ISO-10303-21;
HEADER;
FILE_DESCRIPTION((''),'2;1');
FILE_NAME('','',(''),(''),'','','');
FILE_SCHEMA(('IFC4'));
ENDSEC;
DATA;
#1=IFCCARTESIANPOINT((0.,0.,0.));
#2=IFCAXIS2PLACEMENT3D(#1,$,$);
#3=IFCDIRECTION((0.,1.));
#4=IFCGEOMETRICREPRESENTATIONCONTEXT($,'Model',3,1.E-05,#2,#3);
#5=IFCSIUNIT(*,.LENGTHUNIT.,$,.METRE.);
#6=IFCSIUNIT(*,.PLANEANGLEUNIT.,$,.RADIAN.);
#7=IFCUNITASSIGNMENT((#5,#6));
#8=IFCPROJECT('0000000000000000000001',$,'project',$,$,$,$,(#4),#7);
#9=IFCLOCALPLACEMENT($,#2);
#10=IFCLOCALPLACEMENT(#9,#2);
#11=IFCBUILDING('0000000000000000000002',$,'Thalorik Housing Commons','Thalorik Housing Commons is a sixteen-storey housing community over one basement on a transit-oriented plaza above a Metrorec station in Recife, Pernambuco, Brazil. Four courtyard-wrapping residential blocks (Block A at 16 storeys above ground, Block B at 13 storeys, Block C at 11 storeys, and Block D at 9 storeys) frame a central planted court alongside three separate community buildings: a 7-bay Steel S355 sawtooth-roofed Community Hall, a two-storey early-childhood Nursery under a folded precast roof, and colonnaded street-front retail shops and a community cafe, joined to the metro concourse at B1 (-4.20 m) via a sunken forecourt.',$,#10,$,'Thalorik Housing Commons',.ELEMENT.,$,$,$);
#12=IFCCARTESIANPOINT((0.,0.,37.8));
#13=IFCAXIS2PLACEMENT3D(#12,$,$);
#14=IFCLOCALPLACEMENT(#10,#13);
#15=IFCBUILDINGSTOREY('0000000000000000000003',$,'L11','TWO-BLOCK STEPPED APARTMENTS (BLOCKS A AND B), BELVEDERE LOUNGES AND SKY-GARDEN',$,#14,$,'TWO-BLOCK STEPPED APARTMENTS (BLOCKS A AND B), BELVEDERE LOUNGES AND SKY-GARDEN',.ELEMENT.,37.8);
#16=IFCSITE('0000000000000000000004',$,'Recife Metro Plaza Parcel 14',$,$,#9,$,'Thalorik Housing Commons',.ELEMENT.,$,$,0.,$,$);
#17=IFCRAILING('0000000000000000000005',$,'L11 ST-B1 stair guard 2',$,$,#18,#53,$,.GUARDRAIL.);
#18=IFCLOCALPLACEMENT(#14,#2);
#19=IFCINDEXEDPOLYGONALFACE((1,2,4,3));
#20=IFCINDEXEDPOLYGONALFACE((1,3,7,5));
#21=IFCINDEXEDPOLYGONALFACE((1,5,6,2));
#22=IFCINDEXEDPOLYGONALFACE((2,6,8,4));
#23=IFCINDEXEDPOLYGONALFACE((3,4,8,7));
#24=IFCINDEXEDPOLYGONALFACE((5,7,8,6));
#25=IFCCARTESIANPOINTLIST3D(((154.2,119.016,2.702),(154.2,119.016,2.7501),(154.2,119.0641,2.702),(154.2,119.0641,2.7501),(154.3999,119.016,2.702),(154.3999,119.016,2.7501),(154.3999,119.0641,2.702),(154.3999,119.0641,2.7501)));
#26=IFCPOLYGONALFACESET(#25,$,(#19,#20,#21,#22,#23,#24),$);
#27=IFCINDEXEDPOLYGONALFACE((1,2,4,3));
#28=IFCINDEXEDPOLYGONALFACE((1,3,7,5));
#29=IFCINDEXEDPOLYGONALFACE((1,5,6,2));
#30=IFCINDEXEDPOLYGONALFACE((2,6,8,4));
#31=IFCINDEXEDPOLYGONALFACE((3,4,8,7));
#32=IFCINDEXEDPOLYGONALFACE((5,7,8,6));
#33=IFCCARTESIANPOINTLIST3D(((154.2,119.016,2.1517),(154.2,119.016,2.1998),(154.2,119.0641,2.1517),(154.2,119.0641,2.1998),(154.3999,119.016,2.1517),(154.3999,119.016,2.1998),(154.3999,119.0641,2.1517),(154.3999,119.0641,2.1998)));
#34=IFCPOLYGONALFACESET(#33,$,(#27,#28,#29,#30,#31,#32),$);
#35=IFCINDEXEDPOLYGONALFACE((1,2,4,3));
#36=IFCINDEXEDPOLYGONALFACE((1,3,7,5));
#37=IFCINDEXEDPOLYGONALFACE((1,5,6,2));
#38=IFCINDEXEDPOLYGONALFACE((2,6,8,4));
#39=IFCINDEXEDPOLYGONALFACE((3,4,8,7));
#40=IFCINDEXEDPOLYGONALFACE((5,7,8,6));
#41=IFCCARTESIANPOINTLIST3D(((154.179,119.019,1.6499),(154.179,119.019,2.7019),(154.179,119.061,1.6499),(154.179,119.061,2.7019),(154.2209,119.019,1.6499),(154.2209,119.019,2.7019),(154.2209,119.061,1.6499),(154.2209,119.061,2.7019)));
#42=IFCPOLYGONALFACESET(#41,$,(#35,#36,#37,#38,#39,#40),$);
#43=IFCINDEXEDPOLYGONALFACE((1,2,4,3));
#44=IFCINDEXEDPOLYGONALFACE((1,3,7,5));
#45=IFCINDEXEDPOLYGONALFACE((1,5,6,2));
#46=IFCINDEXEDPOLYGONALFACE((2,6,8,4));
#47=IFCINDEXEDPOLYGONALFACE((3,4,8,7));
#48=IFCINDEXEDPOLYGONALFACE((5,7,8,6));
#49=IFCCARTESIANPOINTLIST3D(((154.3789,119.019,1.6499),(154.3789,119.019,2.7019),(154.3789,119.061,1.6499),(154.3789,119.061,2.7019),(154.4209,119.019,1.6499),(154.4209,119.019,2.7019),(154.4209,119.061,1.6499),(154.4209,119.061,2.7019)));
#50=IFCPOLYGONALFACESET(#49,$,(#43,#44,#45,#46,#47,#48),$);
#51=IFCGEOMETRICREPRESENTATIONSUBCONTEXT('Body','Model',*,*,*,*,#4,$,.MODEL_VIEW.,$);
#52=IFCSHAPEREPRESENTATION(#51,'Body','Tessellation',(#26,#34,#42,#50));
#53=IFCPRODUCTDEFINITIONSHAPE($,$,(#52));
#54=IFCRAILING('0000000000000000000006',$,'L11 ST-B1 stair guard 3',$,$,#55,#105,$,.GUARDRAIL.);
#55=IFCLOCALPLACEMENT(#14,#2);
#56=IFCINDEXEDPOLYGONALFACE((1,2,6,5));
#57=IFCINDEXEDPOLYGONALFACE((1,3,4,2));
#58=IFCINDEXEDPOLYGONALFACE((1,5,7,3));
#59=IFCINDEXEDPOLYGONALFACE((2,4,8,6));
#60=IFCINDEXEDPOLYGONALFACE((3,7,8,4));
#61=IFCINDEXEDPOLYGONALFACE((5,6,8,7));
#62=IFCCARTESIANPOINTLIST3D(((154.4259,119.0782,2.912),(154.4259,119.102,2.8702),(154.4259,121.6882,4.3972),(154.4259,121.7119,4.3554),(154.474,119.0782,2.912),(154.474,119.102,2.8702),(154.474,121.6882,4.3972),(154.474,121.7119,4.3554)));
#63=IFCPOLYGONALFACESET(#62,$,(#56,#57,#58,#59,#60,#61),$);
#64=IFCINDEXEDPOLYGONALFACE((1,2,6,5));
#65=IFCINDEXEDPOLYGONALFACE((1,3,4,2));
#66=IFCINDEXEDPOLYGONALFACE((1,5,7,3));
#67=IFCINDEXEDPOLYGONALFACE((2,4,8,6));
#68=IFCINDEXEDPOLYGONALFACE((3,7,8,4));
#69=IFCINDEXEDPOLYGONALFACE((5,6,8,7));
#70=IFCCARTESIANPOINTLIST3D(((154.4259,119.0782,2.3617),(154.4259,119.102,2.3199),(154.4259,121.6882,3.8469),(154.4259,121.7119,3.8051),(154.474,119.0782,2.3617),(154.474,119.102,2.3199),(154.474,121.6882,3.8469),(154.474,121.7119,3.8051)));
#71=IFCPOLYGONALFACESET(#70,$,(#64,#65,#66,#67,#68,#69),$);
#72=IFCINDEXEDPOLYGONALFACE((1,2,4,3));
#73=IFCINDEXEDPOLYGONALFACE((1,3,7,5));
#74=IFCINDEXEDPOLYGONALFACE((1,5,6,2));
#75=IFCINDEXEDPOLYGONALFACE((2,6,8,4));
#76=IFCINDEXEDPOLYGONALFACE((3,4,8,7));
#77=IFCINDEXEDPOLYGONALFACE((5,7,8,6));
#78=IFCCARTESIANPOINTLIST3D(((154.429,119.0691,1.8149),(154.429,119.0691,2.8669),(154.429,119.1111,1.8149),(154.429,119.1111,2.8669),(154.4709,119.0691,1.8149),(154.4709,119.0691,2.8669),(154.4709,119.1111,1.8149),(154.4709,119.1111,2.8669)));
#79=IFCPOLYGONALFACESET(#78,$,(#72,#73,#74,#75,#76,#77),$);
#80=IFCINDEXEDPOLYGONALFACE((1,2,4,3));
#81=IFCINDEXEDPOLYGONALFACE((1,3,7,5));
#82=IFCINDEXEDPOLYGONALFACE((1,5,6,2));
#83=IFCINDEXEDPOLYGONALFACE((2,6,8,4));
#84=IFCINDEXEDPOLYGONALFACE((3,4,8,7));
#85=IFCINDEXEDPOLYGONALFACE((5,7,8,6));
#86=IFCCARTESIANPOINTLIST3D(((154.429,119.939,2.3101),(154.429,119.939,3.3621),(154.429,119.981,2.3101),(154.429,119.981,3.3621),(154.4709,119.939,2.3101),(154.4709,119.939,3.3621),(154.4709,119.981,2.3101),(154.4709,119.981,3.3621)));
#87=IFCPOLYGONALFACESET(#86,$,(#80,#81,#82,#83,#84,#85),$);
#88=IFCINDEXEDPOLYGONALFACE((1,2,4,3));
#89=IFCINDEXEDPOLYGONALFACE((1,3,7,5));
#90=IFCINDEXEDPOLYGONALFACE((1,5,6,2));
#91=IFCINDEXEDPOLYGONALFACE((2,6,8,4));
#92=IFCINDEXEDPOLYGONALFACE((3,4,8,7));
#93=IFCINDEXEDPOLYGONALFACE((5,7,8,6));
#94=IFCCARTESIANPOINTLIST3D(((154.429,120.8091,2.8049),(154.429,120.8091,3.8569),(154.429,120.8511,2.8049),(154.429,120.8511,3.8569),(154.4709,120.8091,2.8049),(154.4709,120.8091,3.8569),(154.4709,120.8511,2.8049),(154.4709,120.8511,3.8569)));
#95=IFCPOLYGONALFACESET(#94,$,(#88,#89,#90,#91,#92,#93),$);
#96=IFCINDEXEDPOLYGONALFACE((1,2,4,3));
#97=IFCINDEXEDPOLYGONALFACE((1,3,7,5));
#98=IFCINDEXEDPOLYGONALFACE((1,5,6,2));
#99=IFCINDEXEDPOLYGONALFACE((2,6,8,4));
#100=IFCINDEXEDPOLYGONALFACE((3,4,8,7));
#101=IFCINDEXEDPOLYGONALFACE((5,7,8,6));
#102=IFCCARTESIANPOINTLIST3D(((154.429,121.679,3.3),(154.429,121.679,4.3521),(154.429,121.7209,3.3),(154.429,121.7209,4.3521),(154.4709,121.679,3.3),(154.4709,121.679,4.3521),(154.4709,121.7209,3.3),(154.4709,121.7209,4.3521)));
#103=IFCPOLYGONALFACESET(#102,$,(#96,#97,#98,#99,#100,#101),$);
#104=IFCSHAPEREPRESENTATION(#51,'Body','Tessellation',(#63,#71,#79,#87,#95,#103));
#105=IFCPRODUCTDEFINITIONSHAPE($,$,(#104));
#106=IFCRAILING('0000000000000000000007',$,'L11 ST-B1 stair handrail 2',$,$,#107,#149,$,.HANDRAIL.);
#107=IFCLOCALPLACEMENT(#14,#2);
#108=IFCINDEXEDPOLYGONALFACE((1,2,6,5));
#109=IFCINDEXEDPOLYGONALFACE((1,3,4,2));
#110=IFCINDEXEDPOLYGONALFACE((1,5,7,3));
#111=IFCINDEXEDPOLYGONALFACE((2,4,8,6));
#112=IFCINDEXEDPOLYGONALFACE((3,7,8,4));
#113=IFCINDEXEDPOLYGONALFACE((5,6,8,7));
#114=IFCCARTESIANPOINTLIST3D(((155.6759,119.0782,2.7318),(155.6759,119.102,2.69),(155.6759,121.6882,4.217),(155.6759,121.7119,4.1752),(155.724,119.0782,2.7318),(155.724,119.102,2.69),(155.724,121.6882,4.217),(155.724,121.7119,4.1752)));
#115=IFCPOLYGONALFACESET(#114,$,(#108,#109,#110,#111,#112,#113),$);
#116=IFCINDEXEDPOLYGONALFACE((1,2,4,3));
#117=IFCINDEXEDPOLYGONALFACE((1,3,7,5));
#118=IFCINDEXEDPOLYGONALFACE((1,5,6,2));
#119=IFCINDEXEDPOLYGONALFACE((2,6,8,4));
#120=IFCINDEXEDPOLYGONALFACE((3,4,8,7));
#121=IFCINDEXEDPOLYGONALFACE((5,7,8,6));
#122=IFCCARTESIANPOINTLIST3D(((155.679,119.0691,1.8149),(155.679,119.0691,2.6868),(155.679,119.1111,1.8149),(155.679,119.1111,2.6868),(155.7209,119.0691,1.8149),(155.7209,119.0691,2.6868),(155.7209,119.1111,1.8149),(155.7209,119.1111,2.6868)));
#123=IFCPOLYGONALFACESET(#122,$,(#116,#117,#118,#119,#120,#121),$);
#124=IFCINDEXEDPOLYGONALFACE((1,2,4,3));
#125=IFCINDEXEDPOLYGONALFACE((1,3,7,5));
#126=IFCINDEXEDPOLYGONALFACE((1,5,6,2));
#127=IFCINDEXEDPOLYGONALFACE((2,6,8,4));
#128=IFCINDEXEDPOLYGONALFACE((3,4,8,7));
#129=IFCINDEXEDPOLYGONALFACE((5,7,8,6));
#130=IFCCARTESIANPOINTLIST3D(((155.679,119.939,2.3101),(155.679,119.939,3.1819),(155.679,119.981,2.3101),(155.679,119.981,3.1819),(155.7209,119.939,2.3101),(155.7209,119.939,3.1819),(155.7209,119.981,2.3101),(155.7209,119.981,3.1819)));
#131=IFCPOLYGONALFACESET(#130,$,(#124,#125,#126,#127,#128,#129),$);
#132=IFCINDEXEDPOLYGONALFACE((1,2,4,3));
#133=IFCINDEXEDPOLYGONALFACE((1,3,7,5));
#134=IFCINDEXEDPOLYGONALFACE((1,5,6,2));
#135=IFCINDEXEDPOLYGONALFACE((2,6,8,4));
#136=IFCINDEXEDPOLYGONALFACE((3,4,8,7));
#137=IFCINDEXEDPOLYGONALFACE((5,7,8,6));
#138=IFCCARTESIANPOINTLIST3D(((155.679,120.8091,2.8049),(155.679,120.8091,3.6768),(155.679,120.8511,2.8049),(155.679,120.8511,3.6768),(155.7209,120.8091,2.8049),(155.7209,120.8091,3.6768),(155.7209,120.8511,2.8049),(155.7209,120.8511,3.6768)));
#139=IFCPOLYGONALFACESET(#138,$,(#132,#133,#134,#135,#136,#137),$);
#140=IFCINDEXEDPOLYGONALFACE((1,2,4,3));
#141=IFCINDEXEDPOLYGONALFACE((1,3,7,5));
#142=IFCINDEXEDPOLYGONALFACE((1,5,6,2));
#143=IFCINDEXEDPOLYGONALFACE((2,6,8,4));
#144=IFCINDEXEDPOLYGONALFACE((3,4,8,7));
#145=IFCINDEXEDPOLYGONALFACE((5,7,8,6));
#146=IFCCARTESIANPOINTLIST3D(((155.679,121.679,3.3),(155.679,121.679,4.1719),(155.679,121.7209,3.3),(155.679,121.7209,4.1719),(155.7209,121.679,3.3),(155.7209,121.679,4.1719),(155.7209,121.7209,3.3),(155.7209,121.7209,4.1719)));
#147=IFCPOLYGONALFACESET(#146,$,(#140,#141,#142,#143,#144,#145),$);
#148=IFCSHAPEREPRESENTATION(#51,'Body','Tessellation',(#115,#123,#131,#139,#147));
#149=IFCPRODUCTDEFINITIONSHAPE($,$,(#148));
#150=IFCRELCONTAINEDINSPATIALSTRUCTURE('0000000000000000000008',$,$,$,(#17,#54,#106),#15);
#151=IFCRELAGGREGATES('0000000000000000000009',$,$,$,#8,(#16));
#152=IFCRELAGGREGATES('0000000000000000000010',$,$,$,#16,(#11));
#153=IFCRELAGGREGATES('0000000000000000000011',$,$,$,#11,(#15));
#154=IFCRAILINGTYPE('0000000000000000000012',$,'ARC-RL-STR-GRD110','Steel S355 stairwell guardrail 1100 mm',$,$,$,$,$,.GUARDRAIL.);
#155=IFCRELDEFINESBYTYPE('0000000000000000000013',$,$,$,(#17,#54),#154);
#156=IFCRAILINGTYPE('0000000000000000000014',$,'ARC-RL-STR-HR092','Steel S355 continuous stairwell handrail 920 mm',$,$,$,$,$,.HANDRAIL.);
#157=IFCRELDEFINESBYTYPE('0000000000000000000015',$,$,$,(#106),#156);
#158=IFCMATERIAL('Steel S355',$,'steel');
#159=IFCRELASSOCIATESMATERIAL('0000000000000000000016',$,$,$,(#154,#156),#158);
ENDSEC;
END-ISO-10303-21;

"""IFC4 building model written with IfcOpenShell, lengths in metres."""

from ifc_helpers import new_model, si_unit, direction, frame, origin, origin_2d, place, context, subcontext, project, spatial, rectangle, extrude, material, type_object, element, save


model = new_model("IFC4")

# Units and contexts
model_context = context("Model", 3, precision=1e-05, world=origin(), true_north=direction((0.0, 1.0)))
body_context = subcontext(model_context, "Body", "Model", "MODEL_VIEW")
ifc_project = project(units=[si_unit("LENGTHUNIT", "METRE"), si_unit("PLANEANGLEUNIT", "RADIAN")], contexts=[model_context])

# Site, building, storey
site_placement = place(None, origin())
site = spatial("IfcSite", under=ifc_project, at=site_placement, Name="Recife Metro Plaza Parcel 14", LongName="Thalorik Housing Commons", CompositionType="ELEMENT", RefElevation=0.0)
building_placement = place(site_placement, origin())
building = spatial("IfcBuilding", under=site, at=building_placement, Name="Thalorik Housing Commons", Description="Thalorik Housing Commons is a sixteen-storey housing community over one basement on a transit-oriented plaza above a Metrorec station in Recife, Pernambuco, Brazil. Four courtyard-wrapping residential blocks (Block A at 16 storeys above ground, Block B at 13 storeys, Block C at 11 storeys, and Block D at 9 storeys) frame a central planted court alongside three separate community buildings: a 7-bay Steel S355 sawtooth-roofed Community Hall, a two-storey early-childhood Nursery under a folded precast roof, and colonnaded street-front retail shops and a community cafe, joined to the metro concourse at B1 (-4.20 m) via a sunken forecourt.", LongName="Thalorik Housing Commons", CompositionType="ELEMENT")
storey_placement = place(building_placement, frame((0.0, 0.0, 37.8)))
storey = spatial("IfcBuildingStorey", under=building, at=storey_placement, Name="L11", Description="TWO-BLOCK STEPPED APARTMENTS (BLOCKS A AND B), BELVEDERE LOUNGES AND SKY-GARDEN", LongName="TWO-BLOCK STEPPED APARTMENTS (BLOCKS A AND B), BELVEDERE LOUNGES AND SKY-GARDEN", CompositionType="ELEMENT", Elevation=37.8)

# Shared definitions
ifc_material_1 = material(Name="Steel S355", Category="steel")

# Railings
railing_type_1 = type_object("IfcRailingType", Name="ARC-RL-STR-GRD110", Description="Steel S355 stairwell guardrail 1100 mm", PredefinedType="GUARDRAIL", material=ifc_material_1)
railing_1_placement = place(storey_placement, frame((154.2, 119.04, 1.6499)))
element("IfcRailing", 1, at=railing_1_placement, inside=storey, type_object=railing_type_1, Name="L11 ST-B1 stair guard 2", PredefinedType="GUARDRAIL", context=body_context, shape_type="SweptSolid", body=[
    extrude(rectangle(XDim=0.0481, YDim=0.0481, at=origin_2d()), frame((0.0, 0.0, 1.0762), z_axis=(1.0, 0.0, 0.0), x_axis=(0.0, 1.0, 0.0)), (0.0, 0.0, 1.0), 0.2),
    extrude(rectangle(XDim=0.0481, YDim=0.0481, at=origin_2d()), frame((0.0, 0.0, 0.5259), z_axis=(1.0, 0.0, 0.0), x_axis=(0.0, 1.0, 0.0)), (0.0, 0.0, 1.0), 0.2),
    extrude(rectangle(XDim=0.042, YDim=0.042, at=origin_2d()), origin(), (0.0, 0.0, 1.0), 1.052),
    extrude(rectangle(XDim=0.042, YDim=0.042, at=origin_2d()), frame((0.2, 0.0, 0.0)), (0.0, 0.0, 1.0), 1.052),
])
railing_2_placement = place(storey_placement, frame((154.45, 119.0901, 1.8149)))
element("IfcRailing", 2, at=railing_2_placement, inside=storey, type_object=railing_type_1, Name="L11 ST-B1 stair guard 3", PredefinedType="GUARDRAIL", context=body_context, shape_type="SweptSolid", body=[
    extrude(rectangle(XDim=0.0481, YDim=0.0481, at=origin_2d()), frame((0.0, 0.0, 1.0762), z_axis=(0.0, 0.869137, 0.494571), x_axis=(-1.0, 0.0, 0.0)), (0.0, 0.0, 1.0), 3.0029),
    extrude(rectangle(XDim=0.0481, YDim=0.0481, at=origin_2d()), frame((0.0, 0.0, 0.5259), z_axis=(0.0, 0.869137, 0.494571), x_axis=(-1.0, 0.0, 0.0)), (0.0, 0.0, 1.0), 3.0029),
    extrude(rectangle(XDim=0.042, YDim=0.042, at=origin_2d()), origin(), (0.0, 0.0, 1.0), 1.052),
    extrude(rectangle(XDim=0.042, YDim=0.042, at=origin_2d()), frame((0.0, 0.8699, 0.4951)), (0.0, 0.0, 1.0), 1.052),
    extrude(rectangle(XDim=0.042, YDim=0.042, at=origin_2d()), frame((0.0, 1.74, 0.99)), (0.0, 0.0, 1.0), 1.052),
    extrude(rectangle(XDim=0.042, YDim=0.042, at=origin_2d()), frame((0.0, 2.6099, 1.4851)), (0.0, 0.0, 1.0), 1.052),
])
railing_type_2 = type_object("IfcRailingType", Name="ARC-RL-STR-HR092", Description="Steel S355 continuous stairwell handrail 920 mm", PredefinedType="HANDRAIL", material=ifc_material_1)
railing_3_placement = place(storey_placement, frame((155.7, 119.0901, 1.8149)))
element("IfcRailing", 3, at=railing_3_placement, inside=storey, type_object=railing_type_2, Name="L11 ST-B1 stair handrail 2", PredefinedType="HANDRAIL", context=body_context, shape_type="SweptSolid", body=[
    extrude(rectangle(XDim=0.0481, YDim=0.0481, at=origin_2d()), frame((0.0, 0.0, 0.896), z_axis=(0.0, 0.869137, 0.494571), x_axis=(-1.0, 0.0, 0.0)), (0.0, 0.0, 1.0), 3.0029),
    extrude(rectangle(XDim=0.042, YDim=0.042, at=origin_2d()), origin(), (0.0, 0.0, 1.0), 0.8718),
    extrude(rectangle(XDim=0.042, YDim=0.042, at=origin_2d()), frame((0.0, 0.8699, 0.4951)), (0.0, 0.0, 1.0), 0.8718),
    extrude(rectangle(XDim=0.042, YDim=0.042, at=origin_2d()), frame((0.0, 1.74, 0.99)), (0.0, 0.0, 1.0), 0.8718),
    extrude(rectangle(XDim=0.042, YDim=0.042, at=origin_2d()), frame((0.0, 2.6099, 1.4851)), (0.0, 0.0, 1.0), 0.8718),
])

save(model, "model.ifc")
